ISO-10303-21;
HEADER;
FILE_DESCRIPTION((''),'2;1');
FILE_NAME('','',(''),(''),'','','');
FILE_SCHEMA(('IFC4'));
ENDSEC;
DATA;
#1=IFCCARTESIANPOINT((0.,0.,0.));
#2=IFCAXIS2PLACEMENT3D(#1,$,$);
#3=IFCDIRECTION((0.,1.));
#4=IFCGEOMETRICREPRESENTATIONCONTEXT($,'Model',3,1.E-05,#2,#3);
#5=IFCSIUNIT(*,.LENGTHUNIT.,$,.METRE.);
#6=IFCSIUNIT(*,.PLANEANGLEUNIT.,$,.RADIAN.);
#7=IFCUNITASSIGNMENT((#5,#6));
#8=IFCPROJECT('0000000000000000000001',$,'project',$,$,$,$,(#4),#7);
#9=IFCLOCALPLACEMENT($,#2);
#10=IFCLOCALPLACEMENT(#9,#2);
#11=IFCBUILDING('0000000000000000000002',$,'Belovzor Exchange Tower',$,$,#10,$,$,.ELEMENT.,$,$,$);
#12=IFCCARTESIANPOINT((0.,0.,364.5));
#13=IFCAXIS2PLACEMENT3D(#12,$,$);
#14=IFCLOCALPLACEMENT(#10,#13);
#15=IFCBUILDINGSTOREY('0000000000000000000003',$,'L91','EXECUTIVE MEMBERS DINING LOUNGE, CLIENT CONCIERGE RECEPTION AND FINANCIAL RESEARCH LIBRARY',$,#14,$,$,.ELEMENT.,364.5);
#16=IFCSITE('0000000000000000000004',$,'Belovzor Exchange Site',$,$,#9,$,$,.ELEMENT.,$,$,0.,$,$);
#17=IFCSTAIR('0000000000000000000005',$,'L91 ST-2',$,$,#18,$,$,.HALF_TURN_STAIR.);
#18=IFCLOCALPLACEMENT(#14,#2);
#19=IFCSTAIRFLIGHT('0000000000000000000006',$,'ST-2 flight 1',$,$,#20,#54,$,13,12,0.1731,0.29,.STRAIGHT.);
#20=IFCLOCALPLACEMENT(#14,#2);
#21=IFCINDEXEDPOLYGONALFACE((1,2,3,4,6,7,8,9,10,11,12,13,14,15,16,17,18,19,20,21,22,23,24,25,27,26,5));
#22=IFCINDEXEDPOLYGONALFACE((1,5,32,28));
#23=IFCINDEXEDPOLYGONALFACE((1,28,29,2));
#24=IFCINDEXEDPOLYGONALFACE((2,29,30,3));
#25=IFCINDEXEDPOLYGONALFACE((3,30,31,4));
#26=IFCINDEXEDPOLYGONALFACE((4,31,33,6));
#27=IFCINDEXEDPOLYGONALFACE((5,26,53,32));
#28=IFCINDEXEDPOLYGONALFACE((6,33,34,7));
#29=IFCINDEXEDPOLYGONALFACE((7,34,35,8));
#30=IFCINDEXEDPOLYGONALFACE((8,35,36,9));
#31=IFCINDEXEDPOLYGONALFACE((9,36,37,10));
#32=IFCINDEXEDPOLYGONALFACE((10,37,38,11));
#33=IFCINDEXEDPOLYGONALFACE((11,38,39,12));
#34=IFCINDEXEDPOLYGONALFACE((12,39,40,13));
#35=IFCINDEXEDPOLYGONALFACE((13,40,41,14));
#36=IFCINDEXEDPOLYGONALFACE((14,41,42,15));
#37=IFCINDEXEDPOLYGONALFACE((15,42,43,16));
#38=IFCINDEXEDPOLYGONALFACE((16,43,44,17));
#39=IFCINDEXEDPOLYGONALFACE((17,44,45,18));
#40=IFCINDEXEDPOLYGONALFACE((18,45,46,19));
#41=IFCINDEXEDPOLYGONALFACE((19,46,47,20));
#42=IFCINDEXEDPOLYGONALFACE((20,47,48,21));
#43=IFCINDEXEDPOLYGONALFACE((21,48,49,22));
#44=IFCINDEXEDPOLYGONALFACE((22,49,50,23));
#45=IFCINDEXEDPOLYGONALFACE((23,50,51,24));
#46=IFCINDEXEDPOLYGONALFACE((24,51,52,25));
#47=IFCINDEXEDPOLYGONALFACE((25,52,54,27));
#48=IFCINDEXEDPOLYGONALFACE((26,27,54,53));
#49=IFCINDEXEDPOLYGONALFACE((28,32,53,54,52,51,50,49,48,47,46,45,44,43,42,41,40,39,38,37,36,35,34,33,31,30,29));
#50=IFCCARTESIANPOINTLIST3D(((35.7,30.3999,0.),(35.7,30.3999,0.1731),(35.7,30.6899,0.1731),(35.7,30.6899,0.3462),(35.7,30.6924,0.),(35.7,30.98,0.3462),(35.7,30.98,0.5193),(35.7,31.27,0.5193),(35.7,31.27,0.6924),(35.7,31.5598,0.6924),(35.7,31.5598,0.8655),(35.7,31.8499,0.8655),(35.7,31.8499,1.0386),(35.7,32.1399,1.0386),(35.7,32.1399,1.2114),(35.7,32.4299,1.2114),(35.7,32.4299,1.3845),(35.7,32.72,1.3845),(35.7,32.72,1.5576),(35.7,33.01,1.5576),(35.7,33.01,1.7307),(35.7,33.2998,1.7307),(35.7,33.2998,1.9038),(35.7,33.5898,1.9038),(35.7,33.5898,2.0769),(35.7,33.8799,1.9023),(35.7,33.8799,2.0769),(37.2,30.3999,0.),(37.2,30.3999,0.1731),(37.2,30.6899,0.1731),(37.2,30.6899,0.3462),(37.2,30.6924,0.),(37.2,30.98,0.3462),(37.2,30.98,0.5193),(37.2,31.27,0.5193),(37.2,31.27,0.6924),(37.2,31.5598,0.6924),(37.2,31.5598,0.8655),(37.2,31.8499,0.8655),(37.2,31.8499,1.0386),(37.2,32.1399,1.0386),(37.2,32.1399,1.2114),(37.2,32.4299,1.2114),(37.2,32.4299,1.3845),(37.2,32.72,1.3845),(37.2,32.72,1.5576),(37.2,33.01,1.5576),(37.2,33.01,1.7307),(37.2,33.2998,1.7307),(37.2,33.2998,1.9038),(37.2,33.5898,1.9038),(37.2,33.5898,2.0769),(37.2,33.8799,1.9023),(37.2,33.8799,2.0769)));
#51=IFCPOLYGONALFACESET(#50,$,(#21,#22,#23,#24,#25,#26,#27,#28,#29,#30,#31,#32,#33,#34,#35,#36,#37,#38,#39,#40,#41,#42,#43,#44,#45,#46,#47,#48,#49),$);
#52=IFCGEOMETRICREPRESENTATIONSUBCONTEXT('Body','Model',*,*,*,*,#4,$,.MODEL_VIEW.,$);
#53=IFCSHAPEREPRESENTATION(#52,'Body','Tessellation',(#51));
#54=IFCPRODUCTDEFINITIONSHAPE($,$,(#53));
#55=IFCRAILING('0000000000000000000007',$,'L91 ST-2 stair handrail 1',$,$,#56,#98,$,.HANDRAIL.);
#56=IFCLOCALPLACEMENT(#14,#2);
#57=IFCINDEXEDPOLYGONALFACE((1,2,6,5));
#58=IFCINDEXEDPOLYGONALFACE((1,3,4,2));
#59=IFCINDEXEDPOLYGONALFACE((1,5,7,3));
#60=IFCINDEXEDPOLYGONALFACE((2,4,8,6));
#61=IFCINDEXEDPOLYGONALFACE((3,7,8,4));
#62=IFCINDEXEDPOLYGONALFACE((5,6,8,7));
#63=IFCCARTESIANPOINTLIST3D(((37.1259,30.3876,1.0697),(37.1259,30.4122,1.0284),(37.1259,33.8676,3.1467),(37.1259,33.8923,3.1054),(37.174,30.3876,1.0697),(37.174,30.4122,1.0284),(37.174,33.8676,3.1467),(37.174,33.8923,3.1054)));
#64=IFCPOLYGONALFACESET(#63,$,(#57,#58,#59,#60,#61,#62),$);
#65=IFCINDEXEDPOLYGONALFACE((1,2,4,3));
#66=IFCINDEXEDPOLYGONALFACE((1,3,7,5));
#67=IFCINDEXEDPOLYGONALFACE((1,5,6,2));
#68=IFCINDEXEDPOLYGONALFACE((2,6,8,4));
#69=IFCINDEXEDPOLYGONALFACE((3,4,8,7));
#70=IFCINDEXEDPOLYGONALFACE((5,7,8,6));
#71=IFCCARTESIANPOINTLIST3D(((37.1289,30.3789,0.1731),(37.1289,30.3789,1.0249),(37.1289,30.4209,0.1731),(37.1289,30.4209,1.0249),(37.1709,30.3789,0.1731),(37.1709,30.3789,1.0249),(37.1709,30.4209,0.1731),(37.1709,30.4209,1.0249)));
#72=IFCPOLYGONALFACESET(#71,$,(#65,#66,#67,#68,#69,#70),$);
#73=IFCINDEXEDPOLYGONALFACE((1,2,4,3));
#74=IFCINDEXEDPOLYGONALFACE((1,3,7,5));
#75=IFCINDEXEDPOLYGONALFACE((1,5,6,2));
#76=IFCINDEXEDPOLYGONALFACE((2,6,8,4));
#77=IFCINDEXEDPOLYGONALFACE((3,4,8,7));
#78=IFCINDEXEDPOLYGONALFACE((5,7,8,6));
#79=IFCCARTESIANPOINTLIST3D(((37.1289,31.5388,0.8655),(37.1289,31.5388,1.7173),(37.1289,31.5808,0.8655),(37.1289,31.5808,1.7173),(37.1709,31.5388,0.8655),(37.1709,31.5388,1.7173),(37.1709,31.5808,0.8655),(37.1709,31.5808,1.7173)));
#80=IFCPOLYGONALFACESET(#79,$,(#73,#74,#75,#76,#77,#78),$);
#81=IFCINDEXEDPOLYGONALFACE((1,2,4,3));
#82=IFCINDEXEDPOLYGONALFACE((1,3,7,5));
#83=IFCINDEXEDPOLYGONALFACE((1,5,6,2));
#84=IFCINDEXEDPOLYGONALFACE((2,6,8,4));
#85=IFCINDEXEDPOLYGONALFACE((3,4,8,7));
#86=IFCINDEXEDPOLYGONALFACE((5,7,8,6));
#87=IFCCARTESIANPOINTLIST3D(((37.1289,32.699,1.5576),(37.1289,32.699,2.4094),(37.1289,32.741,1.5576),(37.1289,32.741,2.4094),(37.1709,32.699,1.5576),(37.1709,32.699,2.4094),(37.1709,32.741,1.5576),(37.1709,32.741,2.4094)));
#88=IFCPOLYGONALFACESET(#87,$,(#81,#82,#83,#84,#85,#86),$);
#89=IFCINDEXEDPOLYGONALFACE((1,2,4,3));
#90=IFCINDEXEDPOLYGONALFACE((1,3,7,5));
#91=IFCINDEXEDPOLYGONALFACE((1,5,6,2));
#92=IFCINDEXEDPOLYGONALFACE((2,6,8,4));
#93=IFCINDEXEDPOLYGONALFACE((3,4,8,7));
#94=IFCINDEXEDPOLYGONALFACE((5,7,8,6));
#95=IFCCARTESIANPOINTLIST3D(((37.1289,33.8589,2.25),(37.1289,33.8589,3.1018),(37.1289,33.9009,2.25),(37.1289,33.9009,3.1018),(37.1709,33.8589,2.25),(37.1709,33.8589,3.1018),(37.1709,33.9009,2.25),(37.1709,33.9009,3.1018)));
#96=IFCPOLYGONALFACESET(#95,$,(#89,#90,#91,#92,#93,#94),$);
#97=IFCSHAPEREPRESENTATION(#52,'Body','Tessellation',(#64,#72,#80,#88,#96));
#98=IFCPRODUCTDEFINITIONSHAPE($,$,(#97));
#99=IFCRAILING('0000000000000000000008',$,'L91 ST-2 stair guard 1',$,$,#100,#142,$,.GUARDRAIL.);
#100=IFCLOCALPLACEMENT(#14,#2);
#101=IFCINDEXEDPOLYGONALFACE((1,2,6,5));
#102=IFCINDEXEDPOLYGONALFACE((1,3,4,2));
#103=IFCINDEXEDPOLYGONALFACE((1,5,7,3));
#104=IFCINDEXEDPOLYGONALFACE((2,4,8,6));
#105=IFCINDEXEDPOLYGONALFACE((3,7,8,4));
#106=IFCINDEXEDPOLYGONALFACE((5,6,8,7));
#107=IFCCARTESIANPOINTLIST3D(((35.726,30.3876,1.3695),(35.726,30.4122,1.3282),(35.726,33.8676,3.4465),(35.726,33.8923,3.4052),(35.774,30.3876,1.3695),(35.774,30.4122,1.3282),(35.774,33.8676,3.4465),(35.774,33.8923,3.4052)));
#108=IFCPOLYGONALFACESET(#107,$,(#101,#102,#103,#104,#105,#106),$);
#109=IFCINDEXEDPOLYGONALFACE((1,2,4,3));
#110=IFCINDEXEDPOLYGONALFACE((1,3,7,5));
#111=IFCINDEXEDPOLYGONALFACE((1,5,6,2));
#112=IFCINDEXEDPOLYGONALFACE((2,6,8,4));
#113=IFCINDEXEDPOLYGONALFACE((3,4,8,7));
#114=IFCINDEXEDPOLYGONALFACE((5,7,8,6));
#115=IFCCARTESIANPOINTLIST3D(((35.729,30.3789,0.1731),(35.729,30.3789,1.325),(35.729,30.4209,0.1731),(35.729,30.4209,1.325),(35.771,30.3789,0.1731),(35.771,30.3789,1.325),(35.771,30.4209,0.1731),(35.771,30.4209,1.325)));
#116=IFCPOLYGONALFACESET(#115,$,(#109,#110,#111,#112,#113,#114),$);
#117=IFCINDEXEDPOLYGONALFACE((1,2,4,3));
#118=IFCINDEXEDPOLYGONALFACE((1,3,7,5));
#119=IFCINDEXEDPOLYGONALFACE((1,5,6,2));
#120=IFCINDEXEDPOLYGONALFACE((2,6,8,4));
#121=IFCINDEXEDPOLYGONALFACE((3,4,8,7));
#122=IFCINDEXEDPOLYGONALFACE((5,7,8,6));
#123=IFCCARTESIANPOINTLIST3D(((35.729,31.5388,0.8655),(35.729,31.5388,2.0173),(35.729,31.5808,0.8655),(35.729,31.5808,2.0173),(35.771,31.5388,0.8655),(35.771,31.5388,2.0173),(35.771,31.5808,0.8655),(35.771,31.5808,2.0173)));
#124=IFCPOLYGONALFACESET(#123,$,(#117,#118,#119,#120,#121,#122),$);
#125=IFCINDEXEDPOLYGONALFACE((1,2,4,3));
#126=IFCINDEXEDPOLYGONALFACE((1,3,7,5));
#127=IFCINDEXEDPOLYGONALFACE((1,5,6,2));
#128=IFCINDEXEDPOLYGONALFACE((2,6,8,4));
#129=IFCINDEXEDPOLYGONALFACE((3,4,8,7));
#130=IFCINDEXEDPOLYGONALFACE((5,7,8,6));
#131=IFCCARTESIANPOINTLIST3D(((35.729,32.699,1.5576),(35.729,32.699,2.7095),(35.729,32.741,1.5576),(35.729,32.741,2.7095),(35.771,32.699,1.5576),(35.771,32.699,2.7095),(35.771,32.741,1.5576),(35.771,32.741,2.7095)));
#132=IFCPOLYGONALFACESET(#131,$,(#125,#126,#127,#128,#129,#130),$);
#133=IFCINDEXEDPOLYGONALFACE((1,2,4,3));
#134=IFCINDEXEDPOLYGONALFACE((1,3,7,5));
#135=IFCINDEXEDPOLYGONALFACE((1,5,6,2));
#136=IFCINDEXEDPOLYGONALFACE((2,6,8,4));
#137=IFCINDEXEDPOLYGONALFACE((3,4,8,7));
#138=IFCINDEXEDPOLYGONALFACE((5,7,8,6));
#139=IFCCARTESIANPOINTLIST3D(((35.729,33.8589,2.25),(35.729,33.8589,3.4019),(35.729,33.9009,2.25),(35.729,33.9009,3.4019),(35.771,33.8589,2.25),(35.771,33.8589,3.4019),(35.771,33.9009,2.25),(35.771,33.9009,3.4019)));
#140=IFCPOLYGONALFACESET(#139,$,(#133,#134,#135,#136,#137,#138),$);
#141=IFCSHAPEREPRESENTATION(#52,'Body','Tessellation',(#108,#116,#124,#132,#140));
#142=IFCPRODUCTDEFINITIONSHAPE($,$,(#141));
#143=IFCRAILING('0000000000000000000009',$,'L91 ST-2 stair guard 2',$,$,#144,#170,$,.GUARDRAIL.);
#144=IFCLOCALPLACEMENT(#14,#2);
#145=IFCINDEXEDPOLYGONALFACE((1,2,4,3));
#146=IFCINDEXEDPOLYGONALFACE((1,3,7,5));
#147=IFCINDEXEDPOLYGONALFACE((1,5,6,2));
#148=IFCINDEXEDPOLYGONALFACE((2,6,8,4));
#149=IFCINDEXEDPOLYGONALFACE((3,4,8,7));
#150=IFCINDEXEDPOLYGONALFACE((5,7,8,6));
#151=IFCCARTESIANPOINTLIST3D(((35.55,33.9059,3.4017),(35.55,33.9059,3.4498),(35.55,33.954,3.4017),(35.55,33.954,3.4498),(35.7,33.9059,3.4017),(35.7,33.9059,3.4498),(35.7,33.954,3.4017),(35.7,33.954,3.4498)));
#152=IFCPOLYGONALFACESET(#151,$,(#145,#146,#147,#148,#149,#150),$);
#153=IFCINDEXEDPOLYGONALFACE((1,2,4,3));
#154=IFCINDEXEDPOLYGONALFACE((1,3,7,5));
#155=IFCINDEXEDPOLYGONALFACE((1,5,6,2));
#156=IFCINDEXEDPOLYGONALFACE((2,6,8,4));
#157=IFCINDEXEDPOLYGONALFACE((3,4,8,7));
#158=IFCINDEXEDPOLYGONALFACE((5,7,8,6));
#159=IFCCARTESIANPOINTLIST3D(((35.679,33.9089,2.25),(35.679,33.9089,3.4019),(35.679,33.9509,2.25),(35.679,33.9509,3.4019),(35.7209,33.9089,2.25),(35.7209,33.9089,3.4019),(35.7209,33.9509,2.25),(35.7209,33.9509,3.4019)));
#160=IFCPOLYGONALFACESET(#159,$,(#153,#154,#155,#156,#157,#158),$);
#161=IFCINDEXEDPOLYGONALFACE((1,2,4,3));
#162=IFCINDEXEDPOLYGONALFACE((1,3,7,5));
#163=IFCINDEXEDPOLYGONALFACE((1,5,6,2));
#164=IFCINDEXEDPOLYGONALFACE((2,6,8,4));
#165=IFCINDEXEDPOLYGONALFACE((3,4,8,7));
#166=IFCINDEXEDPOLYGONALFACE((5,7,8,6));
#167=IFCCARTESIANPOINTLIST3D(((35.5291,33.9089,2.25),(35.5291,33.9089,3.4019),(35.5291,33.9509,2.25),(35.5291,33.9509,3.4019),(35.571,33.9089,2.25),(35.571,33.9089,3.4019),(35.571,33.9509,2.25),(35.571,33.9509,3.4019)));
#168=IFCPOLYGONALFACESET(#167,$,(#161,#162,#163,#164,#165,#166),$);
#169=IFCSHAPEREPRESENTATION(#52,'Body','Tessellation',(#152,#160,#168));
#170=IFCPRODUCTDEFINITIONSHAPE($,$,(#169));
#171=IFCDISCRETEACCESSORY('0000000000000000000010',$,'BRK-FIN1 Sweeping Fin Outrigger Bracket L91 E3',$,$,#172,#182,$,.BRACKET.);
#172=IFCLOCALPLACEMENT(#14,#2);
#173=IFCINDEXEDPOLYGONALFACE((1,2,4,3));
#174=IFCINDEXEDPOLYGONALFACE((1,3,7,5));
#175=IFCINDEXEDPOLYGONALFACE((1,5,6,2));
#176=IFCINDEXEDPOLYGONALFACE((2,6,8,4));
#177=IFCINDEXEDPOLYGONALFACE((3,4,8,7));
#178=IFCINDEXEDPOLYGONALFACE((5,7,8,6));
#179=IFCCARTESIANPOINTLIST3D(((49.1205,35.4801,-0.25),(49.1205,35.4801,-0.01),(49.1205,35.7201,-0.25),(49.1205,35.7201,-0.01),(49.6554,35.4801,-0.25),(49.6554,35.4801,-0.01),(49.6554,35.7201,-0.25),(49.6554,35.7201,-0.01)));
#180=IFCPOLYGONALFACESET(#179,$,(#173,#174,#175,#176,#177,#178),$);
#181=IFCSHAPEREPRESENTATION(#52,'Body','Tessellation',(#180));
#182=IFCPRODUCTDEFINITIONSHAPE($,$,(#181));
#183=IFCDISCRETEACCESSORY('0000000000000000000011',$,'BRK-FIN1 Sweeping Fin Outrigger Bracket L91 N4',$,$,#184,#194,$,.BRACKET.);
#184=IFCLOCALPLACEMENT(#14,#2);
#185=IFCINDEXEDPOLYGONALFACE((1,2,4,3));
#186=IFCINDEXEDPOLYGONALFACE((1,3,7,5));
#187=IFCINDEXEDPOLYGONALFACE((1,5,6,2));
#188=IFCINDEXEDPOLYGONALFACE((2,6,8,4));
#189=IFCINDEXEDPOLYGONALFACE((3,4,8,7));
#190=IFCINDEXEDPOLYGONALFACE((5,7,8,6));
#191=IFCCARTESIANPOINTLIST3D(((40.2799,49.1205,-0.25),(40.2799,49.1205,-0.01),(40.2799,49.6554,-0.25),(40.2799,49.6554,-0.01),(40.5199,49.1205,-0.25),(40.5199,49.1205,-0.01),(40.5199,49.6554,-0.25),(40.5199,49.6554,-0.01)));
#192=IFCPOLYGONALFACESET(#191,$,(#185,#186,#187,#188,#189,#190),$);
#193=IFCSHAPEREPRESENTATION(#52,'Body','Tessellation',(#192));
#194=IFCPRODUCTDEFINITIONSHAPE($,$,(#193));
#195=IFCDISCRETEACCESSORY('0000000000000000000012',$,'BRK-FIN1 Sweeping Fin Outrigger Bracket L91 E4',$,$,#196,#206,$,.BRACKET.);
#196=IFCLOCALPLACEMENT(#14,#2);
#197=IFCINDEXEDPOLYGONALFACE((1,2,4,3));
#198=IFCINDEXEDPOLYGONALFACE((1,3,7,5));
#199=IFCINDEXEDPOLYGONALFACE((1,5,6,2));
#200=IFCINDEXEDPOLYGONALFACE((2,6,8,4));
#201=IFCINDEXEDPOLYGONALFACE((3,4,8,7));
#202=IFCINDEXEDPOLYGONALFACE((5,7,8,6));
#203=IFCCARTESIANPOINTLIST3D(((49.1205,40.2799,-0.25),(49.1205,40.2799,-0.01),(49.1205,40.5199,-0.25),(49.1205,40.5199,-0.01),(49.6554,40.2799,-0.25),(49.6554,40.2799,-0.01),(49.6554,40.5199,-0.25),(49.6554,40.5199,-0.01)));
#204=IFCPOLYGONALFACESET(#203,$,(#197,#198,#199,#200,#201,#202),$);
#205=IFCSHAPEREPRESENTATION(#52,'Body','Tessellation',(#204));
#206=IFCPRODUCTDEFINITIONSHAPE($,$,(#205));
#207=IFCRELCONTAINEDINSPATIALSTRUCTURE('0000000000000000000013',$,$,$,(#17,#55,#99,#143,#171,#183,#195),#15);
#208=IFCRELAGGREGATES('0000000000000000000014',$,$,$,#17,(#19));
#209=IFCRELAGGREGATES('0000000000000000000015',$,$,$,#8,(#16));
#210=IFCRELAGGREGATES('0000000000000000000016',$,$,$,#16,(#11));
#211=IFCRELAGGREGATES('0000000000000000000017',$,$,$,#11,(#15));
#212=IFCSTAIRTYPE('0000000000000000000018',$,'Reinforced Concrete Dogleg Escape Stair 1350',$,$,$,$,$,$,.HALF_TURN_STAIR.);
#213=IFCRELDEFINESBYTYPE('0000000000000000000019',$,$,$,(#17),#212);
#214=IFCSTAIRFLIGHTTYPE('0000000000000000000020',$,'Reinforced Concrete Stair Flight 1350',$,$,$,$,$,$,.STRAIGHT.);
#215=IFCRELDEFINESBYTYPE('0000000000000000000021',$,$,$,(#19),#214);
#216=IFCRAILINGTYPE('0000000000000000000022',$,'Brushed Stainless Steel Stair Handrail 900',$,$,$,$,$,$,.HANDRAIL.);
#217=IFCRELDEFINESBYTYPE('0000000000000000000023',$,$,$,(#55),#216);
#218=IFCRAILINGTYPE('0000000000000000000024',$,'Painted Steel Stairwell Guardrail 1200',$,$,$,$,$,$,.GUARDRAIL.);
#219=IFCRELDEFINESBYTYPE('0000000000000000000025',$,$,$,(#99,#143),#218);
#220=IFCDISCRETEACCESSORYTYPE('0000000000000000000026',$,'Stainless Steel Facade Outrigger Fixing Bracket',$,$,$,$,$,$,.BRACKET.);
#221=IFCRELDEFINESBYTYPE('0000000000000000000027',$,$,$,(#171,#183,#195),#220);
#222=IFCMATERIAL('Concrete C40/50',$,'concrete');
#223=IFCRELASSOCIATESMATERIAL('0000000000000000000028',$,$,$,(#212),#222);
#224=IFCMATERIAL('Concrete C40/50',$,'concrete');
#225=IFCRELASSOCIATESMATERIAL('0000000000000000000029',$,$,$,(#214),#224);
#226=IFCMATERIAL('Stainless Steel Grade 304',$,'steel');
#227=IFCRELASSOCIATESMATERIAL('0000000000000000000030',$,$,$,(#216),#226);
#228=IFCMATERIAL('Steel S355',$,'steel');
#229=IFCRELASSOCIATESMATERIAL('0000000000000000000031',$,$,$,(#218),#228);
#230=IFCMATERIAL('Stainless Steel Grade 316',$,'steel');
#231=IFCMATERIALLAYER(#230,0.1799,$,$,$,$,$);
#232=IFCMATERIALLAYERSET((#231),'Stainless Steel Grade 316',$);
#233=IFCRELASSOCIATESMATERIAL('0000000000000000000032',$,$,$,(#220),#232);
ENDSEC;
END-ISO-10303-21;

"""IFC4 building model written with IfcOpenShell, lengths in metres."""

from ifc_helpers import new_model, si_unit, direction, frame, origin, origin_2d, place, context, subcontext, project, spatial, polyline, rectangle, outline, extrude, material, layer, layer_set, type_object, element, aggregate, save


model = new_model("IFC4")

# Units and contexts
model_context = context("Model", 3, precision=1e-05, world=origin(), true_north=direction((0.0, 1.0)))
body_context = subcontext(model_context, "Body", "Model", "MODEL_VIEW")
ifc_project = project(units=[si_unit("LENGTHUNIT", "METRE"), si_unit("PLANEANGLEUNIT", "RADIAN")], contexts=[model_context])

# Site, building, storey
site_placement = place(None, origin())
site = spatial("IfcSite", under=ifc_project, at=site_placement, Name="Belovzor Exchange Site", CompositionType="ELEMENT", RefElevation=0.0)
building_placement = place(site_placement, origin())
building = spatial("IfcBuilding", under=site, at=building_placement, Name="Belovzor Exchange Tower", CompositionType="ELEMENT")
storey_placement = place(building_placement, frame((0.0, 0.0, 364.5)))
storey = spatial("IfcBuildingStorey", under=building, at=storey_placement, Name="L91", Description="EXECUTIVE MEMBERS DINING LOUNGE, CLIENT CONCIERGE RECEPTION AND FINANCIAL RESEARCH LIBRARY", CompositionType="ELEMENT", Elevation=364.5)

# Stair, stair flight
ifc_material_1 = material(Name="Concrete C40/50", Category="concrete")
stair_type = type_object("IfcStairType", Name="Reinforced Concrete Dogleg Escape Stair 1350", PredefinedType="HALF_TURN_STAIR", material=ifc_material_1)
stair_placement = place(storey_placement, origin())
stair = element("IfcStair", 1, at=stair_placement, inside=storey, type_object=stair_type, Name="L91 ST-2", PredefinedType="HALF_TURN_STAIR")
ifc_material_2 = material(Name="Concrete C40/50", Category="concrete")
stair_flight_type = type_object("IfcStairFlightType", Name="Reinforced Concrete Stair Flight 1350", PredefinedType="STRAIGHT", material=ifc_material_2)
stair_flight_placement = place(storey_placement, frame((36.45, 30.3999, 0.0), z_axis=(0.0, 0.0, 1.0), x_axis=(0.0, 1.0, 0.0)))
stair_flight = element("IfcStairFlight", 2, at=stair_flight_placement, type_object=stair_flight_type, Name="ST-2 flight 1", NumberOfRisers=13, NumberOfTreads=12, PredefinedType="STRAIGHT", RiserHeight=0.1731, TreadLength=0.29, context=body_context, shape_type="SweptSolid", body=[
    extrude(outline(polyline([(0.0, 0.0), (0.0, 0.1731), (0.29, 0.1731), (0.29, 0.3462), (0.5801, 0.3462), (0.5801, 0.5193), (0.8701, 0.5193), (0.8701, 0.6924), (1.1599, 0.6924), (1.1599, 0.8655), (1.45, 0.8655), (1.45, 1.0386), (1.74, 1.0386), (1.74, 1.2114), (2.03, 1.2114), (2.03, 1.3845), (2.3201, 1.3845), (2.3201, 1.5576), (2.6101, 1.5576), (2.6101, 1.7307), (2.8999, 1.7307), (2.8999, 1.9038), (3.1899, 1.9038), (3.1899, 2.0769), (3.48, 2.0769), (3.48, 2.25), (3.48, 1.9023), (0.2925, 0.0), (0.0, 0.0)])), frame((0.0, 0.75, 0.0), z_axis=(0.0, -1.0, 0.0), x_axis=(1.0, 0.0, 0.0)), (0.0, 0.0, 1.0), 1.5),
])
aggregate(stair, [stair_flight])

# Railings
ifc_material_3 = material(Name="Stainless Steel Grade 304", Category="steel")
railing_type_1 = type_object("IfcRailingType", Name="Brushed Stainless Steel Stair Handrail 900", PredefinedType="HANDRAIL", material=ifc_material_3)
railing_1_placement = place(storey_placement, frame((37.1499, 30.3999, 0.1731)))
element("IfcRailing", 3, at=railing_1_placement, inside=storey, type_object=railing_type_1, Name="L91 ST-2 stair handrail 1", PredefinedType="HANDRAIL", context=body_context, shape_type="SweptSolid", body=[
    extrude(rectangle(XDim=0.0481, YDim=0.0481, at=origin_2d()), frame((0.0, 0.0, 0.876), z_axis=(0.0, 0.858697, 0.512483), x_axis=(-1.0, 0.0, 0.0)), (0.0, 0.0, 1.0), 4.0527),
    extrude(rectangle(XDim=0.042, YDim=0.042, at=origin_2d()), origin(), (0.0, 0.0, 1.0), 0.8518),
    extrude(rectangle(XDim=0.042, YDim=0.042, at=origin_2d()), frame((0.0, 1.1599, 0.6924)), (0.0, 0.0, 1.0), 0.8518),
    extrude(rectangle(XDim=0.042, YDim=0.042, at=origin_2d()), frame((0.0, 2.3201, 1.3845)), (0.0, 0.0, 1.0), 0.8518),
    extrude(rectangle(XDim=0.042, YDim=0.042, at=origin_2d()), frame((0.0, 3.48, 2.0769)), (0.0, 0.0, 1.0), 0.8518),
])
ifc_material_4 = material(Name="Steel S355", Category="steel")
railing_type_2 = type_object("IfcRailingType", Name="Painted Steel Stairwell Guardrail 1200", PredefinedType="GUARDRAIL", material=ifc_material_4)
railing_2_placement = place(storey_placement, frame((35.75, 30.3999, 0.1731)))
element("IfcRailing", 4, at=railing_2_placement, inside=storey, type_object=railing_type_2, Name="L91 ST-2 stair guard 1", PredefinedType="GUARDRAIL", context=body_context, shape_type="SweptSolid", body=[
    extrude(rectangle(XDim=0.0481, YDim=0.0481, at=origin_2d()), frame((0.0, 0.0, 1.1758), z_axis=(0.0, 0.858697, 0.512483), x_axis=(-1.0, 0.0, 0.0)), (0.0, 0.0, 1.0), 4.0527),
    extrude(rectangle(XDim=0.042, YDim=0.042, at=origin_2d()), origin(), (0.0, 0.0, 1.0), 1.1519),
    extrude(rectangle(XDim=0.042, YDim=0.042, at=origin_2d()), frame((0.0, 1.1599, 0.6924)), (0.0, 0.0, 1.0), 1.1519),
    extrude(rectangle(XDim=0.042, YDim=0.042, at=origin_2d()), frame((0.0, 2.3201, 1.3845)), (0.0, 0.0, 1.0), 1.1519),
    extrude(rectangle(XDim=0.042, YDim=0.042, at=origin_2d()), frame((0.0, 3.48, 2.0769)), (0.0, 0.0, 1.0), 1.1519),
])
railing_3_placement = place(storey_placement, frame((35.7, 33.9299, 2.25)))
element("IfcRailing", 5, at=railing_3_placement, inside=storey, type_object=railing_type_2, Name="L91 ST-2 stair guard 2", PredefinedType="GUARDRAIL", context=body_context, shape_type="SweptSolid", body=[
    extrude(rectangle(XDim=0.0481, YDim=0.0481, at=origin_2d()), frame((0.0, 0.0, 1.1758), z_axis=(-1.0, 0.0, 0.0), x_axis=(0.0, -1.0, 0.0)), (0.0, 0.0, 1.0), 0.1499),
    extrude(rectangle(XDim=0.042, YDim=0.042, at=origin_2d()), origin(), (0.0, 0.0, 1.0), 1.1519),
    extrude(rectangle(XDim=0.042, YDim=0.042, at=origin_2d()), frame((-0.1499, 0.0, 0.0)), (0.0, 0.0, 1.0), 1.1519),
])

# Discrete accessories
ifc_material_5 = material(Name="Stainless Steel Grade 316", Category="steel")
ifc_layer_1 = layer(ifc_material_5, 0.1799)
ifc_layer_set_1 = layer_set([ifc_layer_1], Name="Stainless Steel Grade 316")
discrete_accessory_type = type_object("IfcDiscreteAccessoryType", Name="Stainless Steel Facade Outrigger Fixing Bracket", PredefinedType="BRACKET", material=ifc_layer_set_1)
for number, where, z_axis, x_axis, name in (
    (6, (49.3879, 35.6001, -0.25), (0.0, 0.0, 1.0), (1.0, 0.0, 0.0), "BRK-FIN1 Sweeping Fin Outrigger Bracket L91 E3"),
    (7, (40.3999, 49.3879, -0.25), (0.0, 0.0, 1.0), (0.0, 1.0, 0.0), "BRK-FIN1 Sweeping Fin Outrigger Bracket L91 N4"),
    (8, (49.3879, 40.3999, -0.25), (0.0, 0.0, 1.0), (1.0, 0.0, 0.0), "BRK-FIN1 Sweeping Fin Outrigger Bracket L91 E4"),
):
    element("IfcDiscreteAccessory", number, at=place(storey_placement, frame(where, z_axis=z_axis, x_axis=x_axis)), inside=storey, type_object=discrete_accessory_type, Name=name, PredefinedType="BRACKET", context=body_context, shape_type="SweptSolid", body=[
        extrude(rectangle(XDim=0.5349, YDim=0.24, at=origin_2d()), origin(), (0.0, 0.0, 1.0), 0.24),
    ])

save(model, "model.ifc")
